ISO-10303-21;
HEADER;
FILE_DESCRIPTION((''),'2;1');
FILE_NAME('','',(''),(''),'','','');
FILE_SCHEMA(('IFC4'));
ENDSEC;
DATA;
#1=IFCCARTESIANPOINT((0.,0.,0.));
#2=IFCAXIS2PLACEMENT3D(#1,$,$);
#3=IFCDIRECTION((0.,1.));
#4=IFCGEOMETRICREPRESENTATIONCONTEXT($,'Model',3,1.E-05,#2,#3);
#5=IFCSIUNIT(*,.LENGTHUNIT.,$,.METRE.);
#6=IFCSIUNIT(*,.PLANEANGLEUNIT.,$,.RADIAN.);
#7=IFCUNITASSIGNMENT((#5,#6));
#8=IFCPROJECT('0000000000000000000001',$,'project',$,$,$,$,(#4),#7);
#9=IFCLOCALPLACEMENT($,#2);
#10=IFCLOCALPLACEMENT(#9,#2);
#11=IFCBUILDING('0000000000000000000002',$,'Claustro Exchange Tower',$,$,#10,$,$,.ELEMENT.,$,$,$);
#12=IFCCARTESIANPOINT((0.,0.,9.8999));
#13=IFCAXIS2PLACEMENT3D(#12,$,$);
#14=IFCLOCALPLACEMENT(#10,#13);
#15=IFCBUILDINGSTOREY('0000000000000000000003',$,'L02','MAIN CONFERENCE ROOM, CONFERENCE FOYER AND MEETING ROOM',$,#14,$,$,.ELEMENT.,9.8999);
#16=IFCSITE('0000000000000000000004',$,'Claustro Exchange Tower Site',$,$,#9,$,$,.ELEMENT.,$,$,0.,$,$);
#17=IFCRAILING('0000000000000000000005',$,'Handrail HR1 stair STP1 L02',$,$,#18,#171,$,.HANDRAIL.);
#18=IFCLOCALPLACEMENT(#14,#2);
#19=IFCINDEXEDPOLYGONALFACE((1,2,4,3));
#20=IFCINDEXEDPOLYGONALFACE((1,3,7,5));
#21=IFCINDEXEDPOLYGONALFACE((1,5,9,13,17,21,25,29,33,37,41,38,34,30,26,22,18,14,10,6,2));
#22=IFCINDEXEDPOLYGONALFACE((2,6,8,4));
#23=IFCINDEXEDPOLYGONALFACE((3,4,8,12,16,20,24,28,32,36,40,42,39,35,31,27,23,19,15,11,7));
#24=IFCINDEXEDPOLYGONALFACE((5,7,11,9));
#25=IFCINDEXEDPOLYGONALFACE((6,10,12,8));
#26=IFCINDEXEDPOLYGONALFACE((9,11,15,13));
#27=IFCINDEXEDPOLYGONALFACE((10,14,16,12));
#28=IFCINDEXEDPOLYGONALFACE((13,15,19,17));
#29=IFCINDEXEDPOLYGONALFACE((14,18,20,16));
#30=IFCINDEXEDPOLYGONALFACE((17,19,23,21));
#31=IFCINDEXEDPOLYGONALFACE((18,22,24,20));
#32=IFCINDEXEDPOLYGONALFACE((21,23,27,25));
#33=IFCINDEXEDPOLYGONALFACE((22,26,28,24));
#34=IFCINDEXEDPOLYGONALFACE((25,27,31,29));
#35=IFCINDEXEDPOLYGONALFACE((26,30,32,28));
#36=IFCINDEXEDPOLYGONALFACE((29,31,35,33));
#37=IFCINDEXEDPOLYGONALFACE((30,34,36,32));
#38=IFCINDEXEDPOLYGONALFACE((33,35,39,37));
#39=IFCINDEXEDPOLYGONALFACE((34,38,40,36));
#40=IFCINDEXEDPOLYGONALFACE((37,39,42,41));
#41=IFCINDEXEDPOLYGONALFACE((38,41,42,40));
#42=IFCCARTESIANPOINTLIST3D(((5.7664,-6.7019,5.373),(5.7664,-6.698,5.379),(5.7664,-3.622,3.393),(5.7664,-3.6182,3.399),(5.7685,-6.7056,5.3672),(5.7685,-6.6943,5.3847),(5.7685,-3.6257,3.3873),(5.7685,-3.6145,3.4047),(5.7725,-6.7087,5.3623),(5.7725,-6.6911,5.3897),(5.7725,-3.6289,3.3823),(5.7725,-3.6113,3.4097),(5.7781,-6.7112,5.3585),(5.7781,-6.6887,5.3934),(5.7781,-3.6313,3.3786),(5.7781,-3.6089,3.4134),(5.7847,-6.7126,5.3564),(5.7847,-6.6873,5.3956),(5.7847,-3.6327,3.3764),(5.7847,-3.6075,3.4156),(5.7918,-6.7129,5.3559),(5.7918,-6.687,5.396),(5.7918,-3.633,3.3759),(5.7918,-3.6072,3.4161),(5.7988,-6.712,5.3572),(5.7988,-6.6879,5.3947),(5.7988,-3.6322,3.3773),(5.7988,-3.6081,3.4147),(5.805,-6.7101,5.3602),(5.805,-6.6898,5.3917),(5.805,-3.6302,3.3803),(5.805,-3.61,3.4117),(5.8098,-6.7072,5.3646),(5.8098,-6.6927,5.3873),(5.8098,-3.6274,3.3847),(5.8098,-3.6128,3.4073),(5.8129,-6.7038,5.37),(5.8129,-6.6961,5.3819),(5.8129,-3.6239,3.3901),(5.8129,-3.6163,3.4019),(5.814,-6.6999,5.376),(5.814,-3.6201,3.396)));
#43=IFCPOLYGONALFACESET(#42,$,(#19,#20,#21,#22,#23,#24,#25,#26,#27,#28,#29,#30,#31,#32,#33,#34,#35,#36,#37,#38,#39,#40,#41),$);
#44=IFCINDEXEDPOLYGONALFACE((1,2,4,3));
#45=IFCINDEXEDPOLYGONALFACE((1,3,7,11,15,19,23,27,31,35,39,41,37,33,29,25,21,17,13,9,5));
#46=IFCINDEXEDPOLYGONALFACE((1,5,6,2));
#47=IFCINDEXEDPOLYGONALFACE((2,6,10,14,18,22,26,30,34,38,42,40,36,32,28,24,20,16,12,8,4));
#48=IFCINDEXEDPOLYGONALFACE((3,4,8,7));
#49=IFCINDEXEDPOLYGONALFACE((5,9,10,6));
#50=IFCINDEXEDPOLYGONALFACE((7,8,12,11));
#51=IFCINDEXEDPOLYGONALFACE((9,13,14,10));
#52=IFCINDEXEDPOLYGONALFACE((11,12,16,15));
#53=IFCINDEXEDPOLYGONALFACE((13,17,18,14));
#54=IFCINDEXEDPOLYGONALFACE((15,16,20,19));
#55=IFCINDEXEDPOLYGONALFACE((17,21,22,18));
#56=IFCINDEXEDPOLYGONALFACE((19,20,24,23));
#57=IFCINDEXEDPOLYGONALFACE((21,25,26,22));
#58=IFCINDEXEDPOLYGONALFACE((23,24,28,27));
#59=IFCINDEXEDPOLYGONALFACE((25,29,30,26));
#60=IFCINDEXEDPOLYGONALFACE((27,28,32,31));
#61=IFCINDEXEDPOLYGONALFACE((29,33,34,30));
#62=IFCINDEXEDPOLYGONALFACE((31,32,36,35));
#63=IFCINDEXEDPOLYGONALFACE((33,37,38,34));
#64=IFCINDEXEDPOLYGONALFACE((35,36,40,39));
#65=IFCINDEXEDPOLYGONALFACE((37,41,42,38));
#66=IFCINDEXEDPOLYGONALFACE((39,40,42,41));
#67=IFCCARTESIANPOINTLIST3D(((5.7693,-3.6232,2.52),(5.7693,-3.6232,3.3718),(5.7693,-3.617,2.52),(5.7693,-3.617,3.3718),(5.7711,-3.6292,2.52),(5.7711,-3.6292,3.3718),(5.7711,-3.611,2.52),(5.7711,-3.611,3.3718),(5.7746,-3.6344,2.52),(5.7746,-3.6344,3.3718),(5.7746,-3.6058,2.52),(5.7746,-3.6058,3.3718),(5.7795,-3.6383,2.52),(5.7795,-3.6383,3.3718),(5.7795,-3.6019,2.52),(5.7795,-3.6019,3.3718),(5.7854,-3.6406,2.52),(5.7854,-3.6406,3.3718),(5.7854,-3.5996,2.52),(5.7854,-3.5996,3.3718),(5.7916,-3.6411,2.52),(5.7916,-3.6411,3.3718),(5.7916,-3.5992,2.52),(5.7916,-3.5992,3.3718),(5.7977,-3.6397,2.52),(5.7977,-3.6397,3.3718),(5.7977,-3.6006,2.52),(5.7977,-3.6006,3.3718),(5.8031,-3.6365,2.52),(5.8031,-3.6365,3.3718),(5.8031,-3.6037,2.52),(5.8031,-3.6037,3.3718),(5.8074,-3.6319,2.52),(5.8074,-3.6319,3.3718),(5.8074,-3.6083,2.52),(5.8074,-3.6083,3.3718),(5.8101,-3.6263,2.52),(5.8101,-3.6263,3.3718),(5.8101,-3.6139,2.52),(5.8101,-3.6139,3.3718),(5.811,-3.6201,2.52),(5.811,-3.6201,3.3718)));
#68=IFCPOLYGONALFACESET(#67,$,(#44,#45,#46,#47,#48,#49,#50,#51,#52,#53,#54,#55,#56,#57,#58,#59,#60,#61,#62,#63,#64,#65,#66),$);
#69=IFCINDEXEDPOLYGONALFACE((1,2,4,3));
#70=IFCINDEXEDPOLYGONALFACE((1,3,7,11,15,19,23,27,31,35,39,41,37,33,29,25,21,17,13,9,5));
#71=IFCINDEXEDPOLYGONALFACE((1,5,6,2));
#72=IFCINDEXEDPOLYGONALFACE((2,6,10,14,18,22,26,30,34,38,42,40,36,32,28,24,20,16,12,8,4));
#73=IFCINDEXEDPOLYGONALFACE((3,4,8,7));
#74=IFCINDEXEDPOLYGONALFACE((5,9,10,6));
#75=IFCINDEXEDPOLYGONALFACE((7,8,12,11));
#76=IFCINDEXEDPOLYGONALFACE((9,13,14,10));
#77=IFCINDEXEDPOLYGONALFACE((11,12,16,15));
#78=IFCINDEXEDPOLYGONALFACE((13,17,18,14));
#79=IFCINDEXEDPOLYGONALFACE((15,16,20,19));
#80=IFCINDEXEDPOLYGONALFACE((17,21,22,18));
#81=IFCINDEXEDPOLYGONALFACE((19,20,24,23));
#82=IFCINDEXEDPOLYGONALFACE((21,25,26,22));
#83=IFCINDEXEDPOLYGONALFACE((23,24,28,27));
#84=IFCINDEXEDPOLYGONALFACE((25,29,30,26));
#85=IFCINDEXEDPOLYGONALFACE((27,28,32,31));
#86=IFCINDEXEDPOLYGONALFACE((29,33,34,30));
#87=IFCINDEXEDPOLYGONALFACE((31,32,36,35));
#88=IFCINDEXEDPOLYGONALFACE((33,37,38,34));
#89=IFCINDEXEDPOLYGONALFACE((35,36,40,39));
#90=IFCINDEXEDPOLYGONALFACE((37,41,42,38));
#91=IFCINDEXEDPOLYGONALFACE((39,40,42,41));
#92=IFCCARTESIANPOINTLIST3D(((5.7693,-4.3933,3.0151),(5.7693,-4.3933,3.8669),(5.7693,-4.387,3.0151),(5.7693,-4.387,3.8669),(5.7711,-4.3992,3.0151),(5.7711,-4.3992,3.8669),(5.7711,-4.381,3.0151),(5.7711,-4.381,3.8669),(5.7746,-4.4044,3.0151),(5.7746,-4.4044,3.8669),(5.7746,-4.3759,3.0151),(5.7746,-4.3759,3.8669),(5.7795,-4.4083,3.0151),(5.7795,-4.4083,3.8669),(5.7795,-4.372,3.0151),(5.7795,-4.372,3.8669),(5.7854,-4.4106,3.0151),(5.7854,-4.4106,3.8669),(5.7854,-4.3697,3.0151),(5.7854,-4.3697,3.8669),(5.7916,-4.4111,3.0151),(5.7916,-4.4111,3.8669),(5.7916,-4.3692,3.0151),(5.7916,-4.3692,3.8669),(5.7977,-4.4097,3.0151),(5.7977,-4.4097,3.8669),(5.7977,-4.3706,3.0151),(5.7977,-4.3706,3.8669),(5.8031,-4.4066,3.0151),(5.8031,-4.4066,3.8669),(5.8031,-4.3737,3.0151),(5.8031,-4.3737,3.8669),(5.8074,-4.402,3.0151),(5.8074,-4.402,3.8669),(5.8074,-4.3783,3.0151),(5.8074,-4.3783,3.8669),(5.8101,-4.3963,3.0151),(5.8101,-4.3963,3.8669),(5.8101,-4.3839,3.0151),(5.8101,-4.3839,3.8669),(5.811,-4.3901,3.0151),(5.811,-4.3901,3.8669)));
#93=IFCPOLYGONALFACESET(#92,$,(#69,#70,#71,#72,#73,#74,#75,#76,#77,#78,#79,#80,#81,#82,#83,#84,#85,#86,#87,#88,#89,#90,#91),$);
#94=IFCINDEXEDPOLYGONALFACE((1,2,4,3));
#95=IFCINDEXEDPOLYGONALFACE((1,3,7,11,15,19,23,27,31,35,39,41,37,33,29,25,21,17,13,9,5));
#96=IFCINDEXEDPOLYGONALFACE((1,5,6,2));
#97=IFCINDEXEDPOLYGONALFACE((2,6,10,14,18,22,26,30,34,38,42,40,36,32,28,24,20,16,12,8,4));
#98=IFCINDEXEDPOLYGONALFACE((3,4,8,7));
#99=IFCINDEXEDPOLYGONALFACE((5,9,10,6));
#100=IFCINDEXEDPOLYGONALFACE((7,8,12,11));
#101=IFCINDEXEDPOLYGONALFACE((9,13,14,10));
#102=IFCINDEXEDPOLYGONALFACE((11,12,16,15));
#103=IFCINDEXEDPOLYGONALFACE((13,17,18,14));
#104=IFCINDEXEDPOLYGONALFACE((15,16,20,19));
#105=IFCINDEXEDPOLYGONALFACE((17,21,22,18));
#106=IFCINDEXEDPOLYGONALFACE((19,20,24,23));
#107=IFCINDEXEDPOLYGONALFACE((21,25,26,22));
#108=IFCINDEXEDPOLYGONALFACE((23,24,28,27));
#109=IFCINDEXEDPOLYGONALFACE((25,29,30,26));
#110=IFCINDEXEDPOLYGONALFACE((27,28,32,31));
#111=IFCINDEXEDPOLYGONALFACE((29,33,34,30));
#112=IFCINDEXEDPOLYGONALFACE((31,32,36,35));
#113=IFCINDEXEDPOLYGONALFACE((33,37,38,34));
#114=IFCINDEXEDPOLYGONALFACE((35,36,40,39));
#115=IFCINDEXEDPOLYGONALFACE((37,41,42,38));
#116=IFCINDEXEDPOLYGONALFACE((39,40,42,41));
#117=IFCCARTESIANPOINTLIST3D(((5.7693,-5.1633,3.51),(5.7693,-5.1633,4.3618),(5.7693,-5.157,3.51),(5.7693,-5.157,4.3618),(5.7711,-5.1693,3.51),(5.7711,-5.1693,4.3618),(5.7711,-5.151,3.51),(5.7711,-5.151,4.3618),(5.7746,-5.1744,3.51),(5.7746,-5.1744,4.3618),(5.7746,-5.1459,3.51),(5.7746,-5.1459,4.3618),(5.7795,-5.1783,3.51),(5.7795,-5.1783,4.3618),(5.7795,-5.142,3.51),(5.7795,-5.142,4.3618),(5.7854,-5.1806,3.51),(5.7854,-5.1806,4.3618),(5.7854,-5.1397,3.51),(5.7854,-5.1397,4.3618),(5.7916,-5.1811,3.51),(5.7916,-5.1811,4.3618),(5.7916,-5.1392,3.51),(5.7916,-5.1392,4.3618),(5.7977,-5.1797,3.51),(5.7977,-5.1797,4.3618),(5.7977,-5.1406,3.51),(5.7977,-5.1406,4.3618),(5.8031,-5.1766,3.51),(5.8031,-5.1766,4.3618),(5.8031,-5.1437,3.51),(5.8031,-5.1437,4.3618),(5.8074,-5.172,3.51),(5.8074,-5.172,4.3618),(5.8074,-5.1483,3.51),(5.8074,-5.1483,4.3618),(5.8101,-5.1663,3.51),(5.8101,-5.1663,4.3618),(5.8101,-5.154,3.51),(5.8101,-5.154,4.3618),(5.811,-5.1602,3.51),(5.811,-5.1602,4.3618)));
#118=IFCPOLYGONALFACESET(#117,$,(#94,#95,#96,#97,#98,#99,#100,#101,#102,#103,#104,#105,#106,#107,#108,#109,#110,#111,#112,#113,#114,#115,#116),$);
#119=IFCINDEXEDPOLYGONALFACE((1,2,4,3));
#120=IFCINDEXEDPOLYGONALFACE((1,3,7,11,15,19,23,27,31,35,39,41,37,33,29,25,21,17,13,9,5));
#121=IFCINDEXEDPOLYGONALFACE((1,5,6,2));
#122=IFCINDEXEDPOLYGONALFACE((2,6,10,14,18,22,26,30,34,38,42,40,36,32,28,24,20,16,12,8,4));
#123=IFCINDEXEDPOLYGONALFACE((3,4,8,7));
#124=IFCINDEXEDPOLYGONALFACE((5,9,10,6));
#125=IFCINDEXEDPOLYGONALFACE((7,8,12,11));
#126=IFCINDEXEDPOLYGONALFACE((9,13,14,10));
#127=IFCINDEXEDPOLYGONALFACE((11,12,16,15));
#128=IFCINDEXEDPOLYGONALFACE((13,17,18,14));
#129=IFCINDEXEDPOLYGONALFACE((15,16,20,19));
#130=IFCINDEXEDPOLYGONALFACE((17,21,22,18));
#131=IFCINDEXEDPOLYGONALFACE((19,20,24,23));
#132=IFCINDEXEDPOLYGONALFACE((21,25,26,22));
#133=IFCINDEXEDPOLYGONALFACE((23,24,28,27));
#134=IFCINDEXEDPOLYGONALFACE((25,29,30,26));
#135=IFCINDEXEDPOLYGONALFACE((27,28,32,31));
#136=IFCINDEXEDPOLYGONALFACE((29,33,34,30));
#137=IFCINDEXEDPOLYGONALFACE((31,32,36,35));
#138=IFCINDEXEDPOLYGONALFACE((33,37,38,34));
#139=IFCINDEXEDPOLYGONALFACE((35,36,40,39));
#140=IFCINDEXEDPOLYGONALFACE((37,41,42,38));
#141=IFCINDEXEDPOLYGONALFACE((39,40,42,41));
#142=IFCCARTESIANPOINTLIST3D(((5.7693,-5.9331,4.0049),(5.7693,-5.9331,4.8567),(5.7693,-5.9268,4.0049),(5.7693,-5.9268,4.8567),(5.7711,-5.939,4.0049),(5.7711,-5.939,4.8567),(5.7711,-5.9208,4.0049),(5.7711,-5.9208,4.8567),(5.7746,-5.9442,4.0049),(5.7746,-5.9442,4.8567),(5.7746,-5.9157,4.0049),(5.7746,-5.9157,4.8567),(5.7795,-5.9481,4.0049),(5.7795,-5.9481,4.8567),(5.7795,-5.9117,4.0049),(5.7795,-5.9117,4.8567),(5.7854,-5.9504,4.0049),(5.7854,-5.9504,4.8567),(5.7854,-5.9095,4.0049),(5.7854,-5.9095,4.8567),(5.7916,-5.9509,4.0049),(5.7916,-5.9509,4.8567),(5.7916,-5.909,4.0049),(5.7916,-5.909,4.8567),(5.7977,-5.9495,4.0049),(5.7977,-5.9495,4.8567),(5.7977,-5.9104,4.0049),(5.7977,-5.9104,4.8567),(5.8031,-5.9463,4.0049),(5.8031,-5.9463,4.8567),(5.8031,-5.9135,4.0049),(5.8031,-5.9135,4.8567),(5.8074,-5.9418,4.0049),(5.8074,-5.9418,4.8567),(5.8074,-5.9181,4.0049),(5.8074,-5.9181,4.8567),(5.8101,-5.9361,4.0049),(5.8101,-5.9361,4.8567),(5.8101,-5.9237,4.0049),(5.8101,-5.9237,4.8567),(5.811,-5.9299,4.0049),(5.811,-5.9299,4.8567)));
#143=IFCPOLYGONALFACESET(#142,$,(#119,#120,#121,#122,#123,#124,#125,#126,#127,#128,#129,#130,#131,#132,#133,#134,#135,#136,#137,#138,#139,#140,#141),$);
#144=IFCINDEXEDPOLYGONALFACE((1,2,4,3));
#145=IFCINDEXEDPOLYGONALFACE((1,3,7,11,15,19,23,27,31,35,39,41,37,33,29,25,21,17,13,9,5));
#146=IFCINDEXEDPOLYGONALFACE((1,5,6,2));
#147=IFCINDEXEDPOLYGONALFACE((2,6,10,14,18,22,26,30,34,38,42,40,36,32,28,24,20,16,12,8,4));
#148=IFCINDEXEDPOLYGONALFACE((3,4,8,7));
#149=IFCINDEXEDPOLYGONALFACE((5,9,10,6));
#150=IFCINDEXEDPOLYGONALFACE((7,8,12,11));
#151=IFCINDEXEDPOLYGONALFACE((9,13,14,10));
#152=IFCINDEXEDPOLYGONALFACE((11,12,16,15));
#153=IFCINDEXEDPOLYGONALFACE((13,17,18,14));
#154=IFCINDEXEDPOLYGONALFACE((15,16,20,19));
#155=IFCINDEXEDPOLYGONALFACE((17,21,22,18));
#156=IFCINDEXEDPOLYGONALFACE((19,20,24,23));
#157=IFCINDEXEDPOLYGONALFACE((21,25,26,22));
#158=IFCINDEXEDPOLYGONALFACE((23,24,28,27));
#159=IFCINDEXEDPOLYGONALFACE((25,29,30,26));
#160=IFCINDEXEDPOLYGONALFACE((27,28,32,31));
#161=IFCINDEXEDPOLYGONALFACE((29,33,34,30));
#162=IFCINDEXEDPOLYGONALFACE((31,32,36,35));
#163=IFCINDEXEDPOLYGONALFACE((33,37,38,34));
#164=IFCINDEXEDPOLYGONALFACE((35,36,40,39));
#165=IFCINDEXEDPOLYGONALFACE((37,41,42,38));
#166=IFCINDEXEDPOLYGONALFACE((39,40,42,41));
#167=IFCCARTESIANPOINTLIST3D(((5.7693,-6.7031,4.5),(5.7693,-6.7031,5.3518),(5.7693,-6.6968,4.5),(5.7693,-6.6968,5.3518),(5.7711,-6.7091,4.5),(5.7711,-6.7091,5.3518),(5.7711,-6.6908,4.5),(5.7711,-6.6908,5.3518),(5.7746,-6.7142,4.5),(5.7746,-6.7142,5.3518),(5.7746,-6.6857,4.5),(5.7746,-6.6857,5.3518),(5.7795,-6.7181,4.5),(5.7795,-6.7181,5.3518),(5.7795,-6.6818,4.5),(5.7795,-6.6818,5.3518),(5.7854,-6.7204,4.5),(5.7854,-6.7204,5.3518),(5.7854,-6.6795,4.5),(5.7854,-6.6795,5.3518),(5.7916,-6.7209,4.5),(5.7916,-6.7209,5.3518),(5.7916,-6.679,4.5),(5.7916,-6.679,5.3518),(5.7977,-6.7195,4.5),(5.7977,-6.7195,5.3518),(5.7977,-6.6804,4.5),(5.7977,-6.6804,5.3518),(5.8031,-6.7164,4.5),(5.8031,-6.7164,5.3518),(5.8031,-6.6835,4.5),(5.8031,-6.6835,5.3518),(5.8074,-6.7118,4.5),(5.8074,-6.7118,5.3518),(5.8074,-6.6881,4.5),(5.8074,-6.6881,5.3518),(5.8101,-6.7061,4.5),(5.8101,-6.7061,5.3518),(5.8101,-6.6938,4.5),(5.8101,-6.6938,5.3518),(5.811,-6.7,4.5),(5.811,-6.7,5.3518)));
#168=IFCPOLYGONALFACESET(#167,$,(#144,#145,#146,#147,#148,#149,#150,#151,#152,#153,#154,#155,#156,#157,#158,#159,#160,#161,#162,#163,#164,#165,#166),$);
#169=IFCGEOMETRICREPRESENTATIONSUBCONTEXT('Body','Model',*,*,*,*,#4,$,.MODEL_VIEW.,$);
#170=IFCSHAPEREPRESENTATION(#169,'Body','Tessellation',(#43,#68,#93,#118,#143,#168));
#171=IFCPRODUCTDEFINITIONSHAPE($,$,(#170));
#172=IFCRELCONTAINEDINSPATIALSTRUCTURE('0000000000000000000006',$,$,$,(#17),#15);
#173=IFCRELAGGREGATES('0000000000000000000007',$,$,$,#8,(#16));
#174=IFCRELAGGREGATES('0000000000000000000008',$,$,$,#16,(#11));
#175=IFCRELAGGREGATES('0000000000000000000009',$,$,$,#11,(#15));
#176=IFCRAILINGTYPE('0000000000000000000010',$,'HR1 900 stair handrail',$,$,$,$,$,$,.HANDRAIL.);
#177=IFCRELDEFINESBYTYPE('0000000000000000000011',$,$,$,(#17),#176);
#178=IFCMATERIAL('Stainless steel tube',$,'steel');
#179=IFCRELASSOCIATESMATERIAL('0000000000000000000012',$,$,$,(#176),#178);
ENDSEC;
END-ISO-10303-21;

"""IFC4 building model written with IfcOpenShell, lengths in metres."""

from ifc_helpers import new_model, si_unit, direction, frame, origin, origin_2d, place, context, subcontext, project, spatial, circle, extrude, material, type_object, element, save


model = new_model("IFC4")

# Units and contexts
model_context = context("Model", 3, precision=1e-05, world=origin(), true_north=direction((0.0, 1.0)))
body_context = subcontext(model_context, "Body", "Model", "MODEL_VIEW")
ifc_project = project(units=[si_unit("LENGTHUNIT", "METRE"), si_unit("PLANEANGLEUNIT", "RADIAN")], contexts=[model_context])

# Site, building, storey
site_placement = place(None, origin())
site = spatial("IfcSite", under=ifc_project, at=site_placement, Name="Claustro Exchange Tower Site", CompositionType="ELEMENT", RefElevation=0.0)
building_placement = place(site_placement, origin())
building = spatial("IfcBuilding", under=site, at=building_placement, Name="Claustro Exchange Tower", CompositionType="ELEMENT")
storey_placement = place(building_placement, frame((0.0, 0.0, 9.8999)))
storey = spatial("IfcBuildingStorey", under=building, at=storey_placement, Name="L02", Description="MAIN CONFERENCE ROOM, CONFERENCE FOYER AND MEETING ROOM", CompositionType="ELEMENT", Elevation=9.8999)

# Railing
ifc_material_1 = material(Name="Stainless steel tube", Category="steel")
railing_type_1 = type_object("IfcRailingType", Name="HR1 900 stair handrail", PredefinedType="HANDRAIL", material=ifc_material_1)
railing_1_placement = place(storey_placement, frame((5.79, -3.6201, 2.52)))
element("IfcRailing", 1, at=railing_1_placement, inside=storey, type_object=railing_type_1, Name="Handrail HR1 stair STP1 L02", PredefinedType="HANDRAIL", context=body_context, shape_type="SweptSolid", body=[
    extrude(circle(Radius=0.0239, at=origin_2d()), frame((0.0, 0.0, 0.876), z_axis=(0.0, -0.841168, 0.540774), x_axis=(1.0, 0.0, 0.0)), (0.0, 0.0, 1.0), 3.6614),
    extrude(circle(Radius=0.021, at=origin_2d()), origin(), (0.0, 0.0, 1.0), 0.8518),
    extrude(circle(Radius=0.021, at=origin_2d()), frame((0.0, -0.77, 0.4951)), (0.0, 0.0, 1.0), 0.8518),
    extrude(circle(Radius=0.021, at=origin_2d()), frame((0.0, -1.54, 0.99)), (0.0, 0.0, 1.0), 0.8518),
    extrude(circle(Radius=0.021, at=origin_2d()), frame((0.0, -2.3098, 1.4849)), (0.0, 0.0, 1.0), 0.8518),
    extrude(circle(Radius=0.021, at=origin_2d()), frame((0.0, -3.0798, 1.98)), (0.0, 0.0, 1.0), 0.8518),
])

save(model, "model.ifc")
